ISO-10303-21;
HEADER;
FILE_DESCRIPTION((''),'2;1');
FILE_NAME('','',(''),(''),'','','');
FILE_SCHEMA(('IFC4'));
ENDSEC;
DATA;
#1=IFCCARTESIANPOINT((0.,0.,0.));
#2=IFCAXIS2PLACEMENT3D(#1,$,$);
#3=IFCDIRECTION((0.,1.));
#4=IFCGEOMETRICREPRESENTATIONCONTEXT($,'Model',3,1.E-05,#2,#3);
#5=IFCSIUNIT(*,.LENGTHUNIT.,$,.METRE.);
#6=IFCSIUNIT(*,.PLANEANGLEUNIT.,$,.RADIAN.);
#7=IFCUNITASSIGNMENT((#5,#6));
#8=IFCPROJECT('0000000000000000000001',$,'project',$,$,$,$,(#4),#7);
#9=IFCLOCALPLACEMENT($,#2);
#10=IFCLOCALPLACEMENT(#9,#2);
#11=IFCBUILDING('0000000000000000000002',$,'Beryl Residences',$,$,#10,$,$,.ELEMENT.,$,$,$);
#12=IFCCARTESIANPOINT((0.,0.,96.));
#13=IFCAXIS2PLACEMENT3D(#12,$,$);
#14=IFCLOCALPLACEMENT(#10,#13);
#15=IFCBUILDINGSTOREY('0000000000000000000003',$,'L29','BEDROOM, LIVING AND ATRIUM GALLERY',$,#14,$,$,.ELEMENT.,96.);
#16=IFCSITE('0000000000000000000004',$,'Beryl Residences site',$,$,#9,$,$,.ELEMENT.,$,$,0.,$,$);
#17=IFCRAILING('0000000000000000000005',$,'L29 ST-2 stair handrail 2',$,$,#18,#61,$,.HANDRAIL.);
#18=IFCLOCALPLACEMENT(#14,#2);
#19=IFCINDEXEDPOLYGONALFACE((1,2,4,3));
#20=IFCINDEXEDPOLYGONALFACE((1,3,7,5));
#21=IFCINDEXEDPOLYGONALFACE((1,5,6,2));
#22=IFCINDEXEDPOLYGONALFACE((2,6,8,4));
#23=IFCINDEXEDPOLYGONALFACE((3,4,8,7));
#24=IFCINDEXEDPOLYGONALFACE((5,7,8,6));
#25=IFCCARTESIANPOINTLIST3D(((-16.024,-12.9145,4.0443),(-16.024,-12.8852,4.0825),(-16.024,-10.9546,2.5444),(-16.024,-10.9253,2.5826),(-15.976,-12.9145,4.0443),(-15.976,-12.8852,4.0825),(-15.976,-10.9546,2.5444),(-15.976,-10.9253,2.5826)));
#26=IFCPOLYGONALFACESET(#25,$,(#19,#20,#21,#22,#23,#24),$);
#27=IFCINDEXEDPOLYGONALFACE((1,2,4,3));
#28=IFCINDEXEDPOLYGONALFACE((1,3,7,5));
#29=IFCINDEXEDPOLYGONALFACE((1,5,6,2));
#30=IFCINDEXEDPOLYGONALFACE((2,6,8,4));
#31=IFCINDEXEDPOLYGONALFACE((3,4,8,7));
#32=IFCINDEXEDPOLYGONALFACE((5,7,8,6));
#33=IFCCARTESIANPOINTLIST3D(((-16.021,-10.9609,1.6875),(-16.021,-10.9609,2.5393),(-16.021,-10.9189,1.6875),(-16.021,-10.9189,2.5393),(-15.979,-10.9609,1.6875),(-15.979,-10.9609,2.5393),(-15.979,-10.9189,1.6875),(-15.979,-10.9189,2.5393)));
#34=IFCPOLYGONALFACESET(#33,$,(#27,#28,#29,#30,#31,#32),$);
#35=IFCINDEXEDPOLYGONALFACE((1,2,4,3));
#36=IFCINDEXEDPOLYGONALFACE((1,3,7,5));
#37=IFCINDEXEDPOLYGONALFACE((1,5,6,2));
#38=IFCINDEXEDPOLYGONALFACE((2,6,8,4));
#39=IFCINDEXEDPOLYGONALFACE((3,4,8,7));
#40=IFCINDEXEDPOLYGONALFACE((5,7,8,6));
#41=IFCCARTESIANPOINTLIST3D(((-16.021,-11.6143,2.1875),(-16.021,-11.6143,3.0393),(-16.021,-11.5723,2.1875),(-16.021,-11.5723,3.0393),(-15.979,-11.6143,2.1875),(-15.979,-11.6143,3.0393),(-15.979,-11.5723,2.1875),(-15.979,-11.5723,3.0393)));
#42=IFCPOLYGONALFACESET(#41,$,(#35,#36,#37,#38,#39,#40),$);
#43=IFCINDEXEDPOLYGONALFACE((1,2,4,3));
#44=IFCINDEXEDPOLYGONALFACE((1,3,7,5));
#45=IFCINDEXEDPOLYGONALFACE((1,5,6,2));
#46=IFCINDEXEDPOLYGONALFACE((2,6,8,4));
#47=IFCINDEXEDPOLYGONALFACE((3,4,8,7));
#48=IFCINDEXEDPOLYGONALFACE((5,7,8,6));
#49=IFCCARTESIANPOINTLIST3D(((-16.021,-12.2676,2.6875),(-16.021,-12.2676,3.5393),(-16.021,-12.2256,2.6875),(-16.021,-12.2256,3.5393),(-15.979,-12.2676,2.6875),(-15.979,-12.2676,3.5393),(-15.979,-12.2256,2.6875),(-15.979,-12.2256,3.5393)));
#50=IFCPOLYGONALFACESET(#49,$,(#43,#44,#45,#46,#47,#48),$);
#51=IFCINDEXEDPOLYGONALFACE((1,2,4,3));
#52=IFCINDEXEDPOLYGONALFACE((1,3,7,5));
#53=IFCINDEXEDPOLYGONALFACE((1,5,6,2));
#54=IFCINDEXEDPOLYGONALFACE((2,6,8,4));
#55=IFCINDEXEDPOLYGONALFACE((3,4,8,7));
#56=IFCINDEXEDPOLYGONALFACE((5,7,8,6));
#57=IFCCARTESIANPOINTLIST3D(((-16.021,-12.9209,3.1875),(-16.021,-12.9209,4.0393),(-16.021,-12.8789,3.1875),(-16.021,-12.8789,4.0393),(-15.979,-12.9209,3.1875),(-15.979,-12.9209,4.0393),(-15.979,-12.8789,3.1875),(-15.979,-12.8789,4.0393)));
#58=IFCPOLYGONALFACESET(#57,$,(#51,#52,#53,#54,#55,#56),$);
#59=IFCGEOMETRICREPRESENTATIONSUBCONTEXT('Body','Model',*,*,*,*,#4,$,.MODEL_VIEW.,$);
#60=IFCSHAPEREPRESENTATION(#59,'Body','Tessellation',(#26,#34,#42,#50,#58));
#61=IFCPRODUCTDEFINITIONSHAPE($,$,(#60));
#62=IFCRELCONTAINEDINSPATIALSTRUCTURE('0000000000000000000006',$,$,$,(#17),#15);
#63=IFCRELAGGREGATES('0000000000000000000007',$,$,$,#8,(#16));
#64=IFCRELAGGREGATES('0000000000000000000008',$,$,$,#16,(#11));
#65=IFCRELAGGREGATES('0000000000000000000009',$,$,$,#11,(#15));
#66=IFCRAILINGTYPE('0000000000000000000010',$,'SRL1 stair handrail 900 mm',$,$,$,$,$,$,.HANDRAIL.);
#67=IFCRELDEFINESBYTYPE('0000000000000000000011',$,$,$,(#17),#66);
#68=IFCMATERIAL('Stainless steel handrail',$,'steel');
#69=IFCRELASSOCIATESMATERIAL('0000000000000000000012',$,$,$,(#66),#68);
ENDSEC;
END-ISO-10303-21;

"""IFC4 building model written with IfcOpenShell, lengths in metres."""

from ifc_helpers import new_model, si_unit, direction, frame, origin, origin_2d, place, context, subcontext, project, spatial, rectangle, extrude, material, type_object, element, save


model = new_model("IFC4")

# Units and contexts
model_context = context("Model", 3, precision=1e-05, world=origin(), true_north=direction((0.0, 1.0)))
body_context = subcontext(model_context, "Body", "Model", "MODEL_VIEW")
ifc_project = project(units=[si_unit("LENGTHUNIT", "METRE"), si_unit("PLANEANGLEUNIT", "RADIAN")], contexts=[model_context])

# Site, building, storey
site_placement = place(None, origin())
site = spatial("IfcSite", under=ifc_project, at=site_placement, Name="Beryl Residences site", CompositionType="ELEMENT", RefElevation=0.0)
building_placement = place(site_placement, origin())
building = spatial("IfcBuilding", under=site, at=building_placement, Name="Beryl Residences", CompositionType="ELEMENT")
storey_placement = place(building_placement, frame((0.0, 0.0, 96.0)))
storey = spatial("IfcBuildingStorey", under=building, at=storey_placement, Name="L29", Description="BEDROOM, LIVING AND ATRIUM GALLERY", CompositionType="ELEMENT", Elevation=96.0)

# Railing
ifc_material_1 = material(Name="Stainless steel handrail", Category="steel")
railing_type_1 = type_object("IfcRailingType", Name="SRL1 stair handrail 900 mm", PredefinedType="HANDRAIL", material=ifc_material_1)
railing_1_placement = place(storey_placement, frame((-16.0, -10.9399, 1.6875)))
element("IfcRailing", 1, at=railing_1_placement, inside=storey, type_object=railing_type_1, Name="L29 ST-2 stair handrail 2", PredefinedType="HANDRAIL", context=body_context, shape_type="SweptSolid", body=[
    extrude(rectangle(XDim=0.0481, YDim=0.0481, at=origin_2d()), frame((0.0, 0.0, 0.876), z_axis=(0.0, -0.794122, 0.607758), x_axis=(1.0, 0.0, 0.0)), (0.0, 0.0, 1.0), 2.468),
    extrude(rectangle(XDim=0.042, YDim=0.042, at=origin_2d()), origin(), (0.0, 0.0, 1.0), 0.8518),
    extrude(rectangle(XDim=0.042, YDim=0.042, at=origin_2d()), frame((0.0, -0.6533, 0.5)), (0.0, 0.0, 1.0), 0.8518),
    extrude(rectangle(XDim=0.042, YDim=0.042, at=origin_2d()), frame((0.0, -1.3066, 1.0)), (0.0, 0.0, 1.0), 0.8518),
    extrude(rectangle(XDim=0.042, YDim=0.042, at=origin_2d()), frame((0.0, -1.96, 1.5)), (0.0, 0.0, 1.0), 0.8518),
])

save(model, "model.ifc")
